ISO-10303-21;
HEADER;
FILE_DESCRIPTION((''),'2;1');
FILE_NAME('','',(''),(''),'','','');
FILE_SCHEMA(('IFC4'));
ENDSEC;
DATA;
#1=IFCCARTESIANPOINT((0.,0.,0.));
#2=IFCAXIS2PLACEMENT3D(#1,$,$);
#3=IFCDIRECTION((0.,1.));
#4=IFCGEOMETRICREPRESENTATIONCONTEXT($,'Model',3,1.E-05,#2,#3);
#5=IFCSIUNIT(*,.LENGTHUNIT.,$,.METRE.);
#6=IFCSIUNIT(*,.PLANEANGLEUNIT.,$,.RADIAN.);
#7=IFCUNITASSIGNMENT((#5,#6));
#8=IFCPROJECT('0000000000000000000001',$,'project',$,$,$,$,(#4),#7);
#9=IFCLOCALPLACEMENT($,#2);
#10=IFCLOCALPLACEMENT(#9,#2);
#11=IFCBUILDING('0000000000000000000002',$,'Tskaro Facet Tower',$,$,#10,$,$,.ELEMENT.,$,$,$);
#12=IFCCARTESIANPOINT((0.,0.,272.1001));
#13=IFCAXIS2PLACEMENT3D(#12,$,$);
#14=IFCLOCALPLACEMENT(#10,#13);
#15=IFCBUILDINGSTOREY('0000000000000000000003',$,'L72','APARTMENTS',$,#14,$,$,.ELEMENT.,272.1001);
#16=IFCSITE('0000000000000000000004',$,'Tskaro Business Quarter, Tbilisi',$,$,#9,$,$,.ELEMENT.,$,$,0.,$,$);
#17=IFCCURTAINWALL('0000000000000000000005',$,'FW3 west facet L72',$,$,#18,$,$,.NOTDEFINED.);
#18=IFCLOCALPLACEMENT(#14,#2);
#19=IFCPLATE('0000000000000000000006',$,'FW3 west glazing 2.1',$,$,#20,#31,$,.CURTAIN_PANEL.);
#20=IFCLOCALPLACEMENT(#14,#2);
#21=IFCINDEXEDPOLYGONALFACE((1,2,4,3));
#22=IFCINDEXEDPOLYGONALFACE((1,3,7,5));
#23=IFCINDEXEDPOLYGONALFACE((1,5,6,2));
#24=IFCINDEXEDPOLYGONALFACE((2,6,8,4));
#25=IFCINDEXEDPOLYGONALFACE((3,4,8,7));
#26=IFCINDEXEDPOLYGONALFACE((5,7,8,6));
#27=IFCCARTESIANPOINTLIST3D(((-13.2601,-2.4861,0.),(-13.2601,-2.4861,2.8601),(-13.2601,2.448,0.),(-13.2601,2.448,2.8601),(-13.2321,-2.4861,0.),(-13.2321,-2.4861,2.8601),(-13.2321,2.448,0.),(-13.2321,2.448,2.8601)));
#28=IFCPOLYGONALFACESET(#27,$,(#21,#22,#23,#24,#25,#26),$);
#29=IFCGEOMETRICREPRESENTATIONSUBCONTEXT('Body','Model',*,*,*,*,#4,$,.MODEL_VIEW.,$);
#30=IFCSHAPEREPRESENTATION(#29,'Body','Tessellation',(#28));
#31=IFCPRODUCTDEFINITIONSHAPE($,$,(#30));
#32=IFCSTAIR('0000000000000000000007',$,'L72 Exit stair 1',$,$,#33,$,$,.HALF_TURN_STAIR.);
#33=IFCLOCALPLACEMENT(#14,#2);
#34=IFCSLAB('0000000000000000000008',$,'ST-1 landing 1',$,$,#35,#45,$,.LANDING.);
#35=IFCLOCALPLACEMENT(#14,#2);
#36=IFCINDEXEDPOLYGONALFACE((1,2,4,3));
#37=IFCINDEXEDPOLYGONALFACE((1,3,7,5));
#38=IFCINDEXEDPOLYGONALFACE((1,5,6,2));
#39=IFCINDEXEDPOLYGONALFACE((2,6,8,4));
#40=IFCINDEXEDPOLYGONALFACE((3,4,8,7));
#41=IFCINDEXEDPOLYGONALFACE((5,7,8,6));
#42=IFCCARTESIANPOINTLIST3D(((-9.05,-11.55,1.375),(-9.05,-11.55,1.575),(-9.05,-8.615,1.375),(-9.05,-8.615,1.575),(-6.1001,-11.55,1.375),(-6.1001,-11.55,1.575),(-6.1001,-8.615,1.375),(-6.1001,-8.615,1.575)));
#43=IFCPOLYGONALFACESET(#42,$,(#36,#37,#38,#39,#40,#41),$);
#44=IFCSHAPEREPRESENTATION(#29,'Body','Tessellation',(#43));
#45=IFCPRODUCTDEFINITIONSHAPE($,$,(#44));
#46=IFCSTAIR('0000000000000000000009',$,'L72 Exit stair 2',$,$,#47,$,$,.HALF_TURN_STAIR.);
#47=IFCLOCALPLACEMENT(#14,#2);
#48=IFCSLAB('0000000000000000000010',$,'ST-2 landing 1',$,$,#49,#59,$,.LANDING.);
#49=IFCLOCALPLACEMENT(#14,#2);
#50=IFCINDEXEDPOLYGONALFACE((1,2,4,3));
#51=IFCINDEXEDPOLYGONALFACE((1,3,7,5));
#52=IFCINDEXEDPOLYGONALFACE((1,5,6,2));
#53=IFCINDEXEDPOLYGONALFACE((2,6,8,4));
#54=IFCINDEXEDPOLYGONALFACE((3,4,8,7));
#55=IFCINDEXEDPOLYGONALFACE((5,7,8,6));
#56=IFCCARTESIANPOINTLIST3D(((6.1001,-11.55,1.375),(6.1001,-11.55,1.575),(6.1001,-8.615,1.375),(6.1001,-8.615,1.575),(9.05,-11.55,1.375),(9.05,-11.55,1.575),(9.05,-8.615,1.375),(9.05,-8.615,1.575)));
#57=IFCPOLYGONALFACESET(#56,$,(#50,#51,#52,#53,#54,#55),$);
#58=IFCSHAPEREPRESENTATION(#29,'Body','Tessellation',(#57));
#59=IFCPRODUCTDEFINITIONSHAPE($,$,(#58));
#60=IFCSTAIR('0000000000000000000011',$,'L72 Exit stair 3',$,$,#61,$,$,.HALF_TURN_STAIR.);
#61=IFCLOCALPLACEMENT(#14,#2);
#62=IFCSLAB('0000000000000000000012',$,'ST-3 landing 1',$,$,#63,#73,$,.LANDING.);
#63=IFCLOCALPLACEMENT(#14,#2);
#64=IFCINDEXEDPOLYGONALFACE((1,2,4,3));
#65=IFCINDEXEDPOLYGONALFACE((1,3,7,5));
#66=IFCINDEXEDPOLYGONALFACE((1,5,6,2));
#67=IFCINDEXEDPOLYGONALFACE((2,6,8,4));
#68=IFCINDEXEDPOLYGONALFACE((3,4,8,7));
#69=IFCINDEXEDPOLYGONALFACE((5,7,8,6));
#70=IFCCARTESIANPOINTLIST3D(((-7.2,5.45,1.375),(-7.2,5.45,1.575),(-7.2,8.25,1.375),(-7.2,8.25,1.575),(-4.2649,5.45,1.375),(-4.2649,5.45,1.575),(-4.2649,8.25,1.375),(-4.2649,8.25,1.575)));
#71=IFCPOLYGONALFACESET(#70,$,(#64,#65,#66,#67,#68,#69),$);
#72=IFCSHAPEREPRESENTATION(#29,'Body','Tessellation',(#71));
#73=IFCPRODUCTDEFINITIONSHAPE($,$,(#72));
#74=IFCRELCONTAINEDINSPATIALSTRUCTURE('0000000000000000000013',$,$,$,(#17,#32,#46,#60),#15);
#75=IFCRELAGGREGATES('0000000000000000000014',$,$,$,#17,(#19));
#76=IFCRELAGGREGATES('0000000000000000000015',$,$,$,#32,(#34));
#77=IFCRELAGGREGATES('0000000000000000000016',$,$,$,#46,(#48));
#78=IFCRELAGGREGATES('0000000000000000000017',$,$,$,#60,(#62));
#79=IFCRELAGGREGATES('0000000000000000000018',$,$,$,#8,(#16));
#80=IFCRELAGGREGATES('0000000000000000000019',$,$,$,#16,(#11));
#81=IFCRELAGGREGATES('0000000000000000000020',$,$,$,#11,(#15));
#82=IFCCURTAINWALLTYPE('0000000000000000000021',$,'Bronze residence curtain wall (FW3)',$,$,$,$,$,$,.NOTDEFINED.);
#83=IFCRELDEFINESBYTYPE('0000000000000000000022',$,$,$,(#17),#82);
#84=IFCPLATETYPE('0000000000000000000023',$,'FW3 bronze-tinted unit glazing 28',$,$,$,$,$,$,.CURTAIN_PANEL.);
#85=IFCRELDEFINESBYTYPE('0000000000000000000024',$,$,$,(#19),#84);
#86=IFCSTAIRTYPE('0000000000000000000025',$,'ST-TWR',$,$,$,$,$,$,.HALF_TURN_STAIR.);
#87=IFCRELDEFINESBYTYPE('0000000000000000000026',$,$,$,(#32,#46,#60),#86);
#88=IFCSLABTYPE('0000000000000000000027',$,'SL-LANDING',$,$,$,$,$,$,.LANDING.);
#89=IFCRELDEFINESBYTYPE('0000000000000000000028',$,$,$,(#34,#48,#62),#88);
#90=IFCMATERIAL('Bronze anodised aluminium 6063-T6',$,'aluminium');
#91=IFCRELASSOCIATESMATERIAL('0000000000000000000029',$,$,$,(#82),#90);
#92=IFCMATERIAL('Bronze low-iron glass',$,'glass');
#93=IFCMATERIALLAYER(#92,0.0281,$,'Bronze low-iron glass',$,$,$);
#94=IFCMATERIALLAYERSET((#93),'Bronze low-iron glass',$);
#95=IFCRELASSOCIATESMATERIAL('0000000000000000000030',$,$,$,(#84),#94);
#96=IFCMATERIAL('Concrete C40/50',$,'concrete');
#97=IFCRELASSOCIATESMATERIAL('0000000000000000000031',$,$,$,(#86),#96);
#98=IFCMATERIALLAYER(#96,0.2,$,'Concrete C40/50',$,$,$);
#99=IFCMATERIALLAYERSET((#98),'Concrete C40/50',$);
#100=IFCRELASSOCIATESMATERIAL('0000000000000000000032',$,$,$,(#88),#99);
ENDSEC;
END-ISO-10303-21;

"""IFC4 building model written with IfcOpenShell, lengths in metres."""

from ifc_helpers import new_model, si_unit, direction, frame, origin, origin_2d, place, context, subcontext, project, spatial, polyline, rectangle, outline, extrude, material, layer, layer_set, type_object, element, aggregate, save


model = new_model("IFC4")

# Units and contexts
model_context = context("Model", 3, precision=1e-05, world=origin(), true_north=direction((0.0, 1.0)))
body_context = subcontext(model_context, "Body", "Model", "MODEL_VIEW")
ifc_project = project(units=[si_unit("LENGTHUNIT", "METRE"), si_unit("PLANEANGLEUNIT", "RADIAN")], contexts=[model_context])

# Site, building, storey
site_placement = place(None, origin())
site = spatial("IfcSite", under=ifc_project, at=site_placement, Name="Tskaro Business Quarter, Tbilisi", CompositionType="ELEMENT", RefElevation=0.0)
building_placement = place(site_placement, origin())
building = spatial("IfcBuilding", under=site, at=building_placement, Name="Tskaro Facet Tower", CompositionType="ELEMENT")
storey_placement = place(building_placement, frame((0.0, 0.0, 272.1001)))
storey = spatial("IfcBuildingStorey", under=building, at=storey_placement, Name="L72", Description="APARTMENTS", CompositionType="ELEMENT", Elevation=272.1001)

# Curtain wall
ifc_material_1 = material(Name="Bronze anodised aluminium 6063-T6", Category="aluminium")
curtain_wall_type = type_object("IfcCurtainWallType", Name="Bronze residence curtain wall (FW3)", PredefinedType="NOTDEFINED", material=ifc_material_1)
curtain_wall_placement = place(storey_placement, origin())
curtain_wall = element("IfcCurtainWall", 1, at=curtain_wall_placement, inside=storey, type_object=curtain_wall_type, Name="FW3 west facet L72", PredefinedType="NOTDEFINED")

# Plate
ifc_material_2 = material(Name="Bronze low-iron glass", Category="glass")
ifc_layer_1 = layer(ifc_material_2, 0.0281, Name="Bronze low-iron glass")
ifc_layer_set_1 = layer_set([ifc_layer_1], Name="Bronze low-iron glass")
plate_type = type_object("IfcPlateType", Name="FW3 bronze-tinted unit glazing 28", PredefinedType="CURTAIN_PANEL", material=ifc_layer_set_1)
plate_1_placement = place(storey_placement, frame((-13.2461, -0.019, 0.0), z_axis=(0.0, 0.0, 1.0), x_axis=(0.0, -1.0, 0.0)))
plate_1 = element("IfcPlate", 2, at=plate_1_placement, type_object=plate_type, Name="FW3 west glazing 2.1", PredefinedType="CURTAIN_PANEL", context=body_context, shape_type="SweptSolid", body=[
    extrude(rectangle(XDim=4.9341, YDim=0.0281, at=origin_2d()), origin(), (0.0, 0.0, 1.0), 2.8601),
])
aggregate(curtain_wall, [plate_1])

# Stairs, slabs
ifc_material_3 = material(Name="Concrete C40/50", Category="concrete")
stair_type = type_object("IfcStairType", Name="ST-TWR", PredefinedType="HALF_TURN_STAIR", material=ifc_material_3)
stair_1_placement = place(storey_placement, origin())
stair_1 = element("IfcStair", 3, at=stair_1_placement, inside=storey, type_object=stair_type, Name="L72 Exit stair 1", PredefinedType="HALF_TURN_STAIR")
ifc_layer_2 = layer(ifc_material_3, 0.2, Name="Concrete C40/50")
ifc_layer_set_2 = layer_set([ifc_layer_2], Name="Concrete C40/50")
slab_type_1 = type_object("IfcSlabType", Name="SL-LANDING", PredefinedType="LANDING", material=ifc_layer_set_2)
slab_1_placement = place(storey_placement, frame((0.0, 0.0, 1.375)))
slab_1 = element("IfcSlab", 4, at=slab_1_placement, type_object=slab_type_1, Name="ST-1 landing 1", PredefinedType="LANDING", context=body_context, shape_type="SweptSolid", body=[
    extrude(outline(polyline([(-9.05, -11.55), (-6.1001, -11.55), (-6.1001, -8.615), (-9.05, -8.615), (-9.05, -11.55)])), origin(), (0.0, 0.0, 1.0), 0.2),
])
aggregate(stair_1, [slab_1])
stair_2_placement = place(storey_placement, origin())
stair_2 = element("IfcStair", 5, at=stair_2_placement, inside=storey, type_object=stair_type, Name="L72 Exit stair 2", PredefinedType="HALF_TURN_STAIR")
slab_2_placement = place(storey_placement, frame((0.0, 0.0, 1.375)))
slab_2 = element("IfcSlab", 6, at=slab_2_placement, type_object=slab_type_1, Name="ST-2 landing 1", PredefinedType="LANDING", context=body_context, shape_type="SweptSolid", body=[
    extrude(outline(polyline([(6.1001, -11.55), (9.05, -11.55), (9.05, -8.615), (6.1001, -8.615), (6.1001, -11.55)])), origin(), (0.0, 0.0, 1.0), 0.2),
])
aggregate(stair_2, [slab_2])
stair_3_placement = place(storey_placement, origin())
stair_3 = element("IfcStair", 7, at=stair_3_placement, inside=storey, type_object=stair_type, Name="L72 Exit stair 3", PredefinedType="HALF_TURN_STAIR")
slab_3_placement = place(storey_placement, frame((0.0, 0.0, 1.375)))
slab_3 = element("IfcSlab", 8, at=slab_3_placement, type_object=slab_type_1, Name="ST-3 landing 1", PredefinedType="LANDING", context=body_context, shape_type="SweptSolid", body=[
    extrude(outline(polyline([(-7.2, 5.45), (-4.2649, 5.45), (-4.2649, 8.25), (-7.2, 8.25), (-7.2, 5.45)])), origin(), (0.0, 0.0, 1.0), 0.2),
])

aggregate(stair_3, [slab_3])

save(model, "model.ifc")
